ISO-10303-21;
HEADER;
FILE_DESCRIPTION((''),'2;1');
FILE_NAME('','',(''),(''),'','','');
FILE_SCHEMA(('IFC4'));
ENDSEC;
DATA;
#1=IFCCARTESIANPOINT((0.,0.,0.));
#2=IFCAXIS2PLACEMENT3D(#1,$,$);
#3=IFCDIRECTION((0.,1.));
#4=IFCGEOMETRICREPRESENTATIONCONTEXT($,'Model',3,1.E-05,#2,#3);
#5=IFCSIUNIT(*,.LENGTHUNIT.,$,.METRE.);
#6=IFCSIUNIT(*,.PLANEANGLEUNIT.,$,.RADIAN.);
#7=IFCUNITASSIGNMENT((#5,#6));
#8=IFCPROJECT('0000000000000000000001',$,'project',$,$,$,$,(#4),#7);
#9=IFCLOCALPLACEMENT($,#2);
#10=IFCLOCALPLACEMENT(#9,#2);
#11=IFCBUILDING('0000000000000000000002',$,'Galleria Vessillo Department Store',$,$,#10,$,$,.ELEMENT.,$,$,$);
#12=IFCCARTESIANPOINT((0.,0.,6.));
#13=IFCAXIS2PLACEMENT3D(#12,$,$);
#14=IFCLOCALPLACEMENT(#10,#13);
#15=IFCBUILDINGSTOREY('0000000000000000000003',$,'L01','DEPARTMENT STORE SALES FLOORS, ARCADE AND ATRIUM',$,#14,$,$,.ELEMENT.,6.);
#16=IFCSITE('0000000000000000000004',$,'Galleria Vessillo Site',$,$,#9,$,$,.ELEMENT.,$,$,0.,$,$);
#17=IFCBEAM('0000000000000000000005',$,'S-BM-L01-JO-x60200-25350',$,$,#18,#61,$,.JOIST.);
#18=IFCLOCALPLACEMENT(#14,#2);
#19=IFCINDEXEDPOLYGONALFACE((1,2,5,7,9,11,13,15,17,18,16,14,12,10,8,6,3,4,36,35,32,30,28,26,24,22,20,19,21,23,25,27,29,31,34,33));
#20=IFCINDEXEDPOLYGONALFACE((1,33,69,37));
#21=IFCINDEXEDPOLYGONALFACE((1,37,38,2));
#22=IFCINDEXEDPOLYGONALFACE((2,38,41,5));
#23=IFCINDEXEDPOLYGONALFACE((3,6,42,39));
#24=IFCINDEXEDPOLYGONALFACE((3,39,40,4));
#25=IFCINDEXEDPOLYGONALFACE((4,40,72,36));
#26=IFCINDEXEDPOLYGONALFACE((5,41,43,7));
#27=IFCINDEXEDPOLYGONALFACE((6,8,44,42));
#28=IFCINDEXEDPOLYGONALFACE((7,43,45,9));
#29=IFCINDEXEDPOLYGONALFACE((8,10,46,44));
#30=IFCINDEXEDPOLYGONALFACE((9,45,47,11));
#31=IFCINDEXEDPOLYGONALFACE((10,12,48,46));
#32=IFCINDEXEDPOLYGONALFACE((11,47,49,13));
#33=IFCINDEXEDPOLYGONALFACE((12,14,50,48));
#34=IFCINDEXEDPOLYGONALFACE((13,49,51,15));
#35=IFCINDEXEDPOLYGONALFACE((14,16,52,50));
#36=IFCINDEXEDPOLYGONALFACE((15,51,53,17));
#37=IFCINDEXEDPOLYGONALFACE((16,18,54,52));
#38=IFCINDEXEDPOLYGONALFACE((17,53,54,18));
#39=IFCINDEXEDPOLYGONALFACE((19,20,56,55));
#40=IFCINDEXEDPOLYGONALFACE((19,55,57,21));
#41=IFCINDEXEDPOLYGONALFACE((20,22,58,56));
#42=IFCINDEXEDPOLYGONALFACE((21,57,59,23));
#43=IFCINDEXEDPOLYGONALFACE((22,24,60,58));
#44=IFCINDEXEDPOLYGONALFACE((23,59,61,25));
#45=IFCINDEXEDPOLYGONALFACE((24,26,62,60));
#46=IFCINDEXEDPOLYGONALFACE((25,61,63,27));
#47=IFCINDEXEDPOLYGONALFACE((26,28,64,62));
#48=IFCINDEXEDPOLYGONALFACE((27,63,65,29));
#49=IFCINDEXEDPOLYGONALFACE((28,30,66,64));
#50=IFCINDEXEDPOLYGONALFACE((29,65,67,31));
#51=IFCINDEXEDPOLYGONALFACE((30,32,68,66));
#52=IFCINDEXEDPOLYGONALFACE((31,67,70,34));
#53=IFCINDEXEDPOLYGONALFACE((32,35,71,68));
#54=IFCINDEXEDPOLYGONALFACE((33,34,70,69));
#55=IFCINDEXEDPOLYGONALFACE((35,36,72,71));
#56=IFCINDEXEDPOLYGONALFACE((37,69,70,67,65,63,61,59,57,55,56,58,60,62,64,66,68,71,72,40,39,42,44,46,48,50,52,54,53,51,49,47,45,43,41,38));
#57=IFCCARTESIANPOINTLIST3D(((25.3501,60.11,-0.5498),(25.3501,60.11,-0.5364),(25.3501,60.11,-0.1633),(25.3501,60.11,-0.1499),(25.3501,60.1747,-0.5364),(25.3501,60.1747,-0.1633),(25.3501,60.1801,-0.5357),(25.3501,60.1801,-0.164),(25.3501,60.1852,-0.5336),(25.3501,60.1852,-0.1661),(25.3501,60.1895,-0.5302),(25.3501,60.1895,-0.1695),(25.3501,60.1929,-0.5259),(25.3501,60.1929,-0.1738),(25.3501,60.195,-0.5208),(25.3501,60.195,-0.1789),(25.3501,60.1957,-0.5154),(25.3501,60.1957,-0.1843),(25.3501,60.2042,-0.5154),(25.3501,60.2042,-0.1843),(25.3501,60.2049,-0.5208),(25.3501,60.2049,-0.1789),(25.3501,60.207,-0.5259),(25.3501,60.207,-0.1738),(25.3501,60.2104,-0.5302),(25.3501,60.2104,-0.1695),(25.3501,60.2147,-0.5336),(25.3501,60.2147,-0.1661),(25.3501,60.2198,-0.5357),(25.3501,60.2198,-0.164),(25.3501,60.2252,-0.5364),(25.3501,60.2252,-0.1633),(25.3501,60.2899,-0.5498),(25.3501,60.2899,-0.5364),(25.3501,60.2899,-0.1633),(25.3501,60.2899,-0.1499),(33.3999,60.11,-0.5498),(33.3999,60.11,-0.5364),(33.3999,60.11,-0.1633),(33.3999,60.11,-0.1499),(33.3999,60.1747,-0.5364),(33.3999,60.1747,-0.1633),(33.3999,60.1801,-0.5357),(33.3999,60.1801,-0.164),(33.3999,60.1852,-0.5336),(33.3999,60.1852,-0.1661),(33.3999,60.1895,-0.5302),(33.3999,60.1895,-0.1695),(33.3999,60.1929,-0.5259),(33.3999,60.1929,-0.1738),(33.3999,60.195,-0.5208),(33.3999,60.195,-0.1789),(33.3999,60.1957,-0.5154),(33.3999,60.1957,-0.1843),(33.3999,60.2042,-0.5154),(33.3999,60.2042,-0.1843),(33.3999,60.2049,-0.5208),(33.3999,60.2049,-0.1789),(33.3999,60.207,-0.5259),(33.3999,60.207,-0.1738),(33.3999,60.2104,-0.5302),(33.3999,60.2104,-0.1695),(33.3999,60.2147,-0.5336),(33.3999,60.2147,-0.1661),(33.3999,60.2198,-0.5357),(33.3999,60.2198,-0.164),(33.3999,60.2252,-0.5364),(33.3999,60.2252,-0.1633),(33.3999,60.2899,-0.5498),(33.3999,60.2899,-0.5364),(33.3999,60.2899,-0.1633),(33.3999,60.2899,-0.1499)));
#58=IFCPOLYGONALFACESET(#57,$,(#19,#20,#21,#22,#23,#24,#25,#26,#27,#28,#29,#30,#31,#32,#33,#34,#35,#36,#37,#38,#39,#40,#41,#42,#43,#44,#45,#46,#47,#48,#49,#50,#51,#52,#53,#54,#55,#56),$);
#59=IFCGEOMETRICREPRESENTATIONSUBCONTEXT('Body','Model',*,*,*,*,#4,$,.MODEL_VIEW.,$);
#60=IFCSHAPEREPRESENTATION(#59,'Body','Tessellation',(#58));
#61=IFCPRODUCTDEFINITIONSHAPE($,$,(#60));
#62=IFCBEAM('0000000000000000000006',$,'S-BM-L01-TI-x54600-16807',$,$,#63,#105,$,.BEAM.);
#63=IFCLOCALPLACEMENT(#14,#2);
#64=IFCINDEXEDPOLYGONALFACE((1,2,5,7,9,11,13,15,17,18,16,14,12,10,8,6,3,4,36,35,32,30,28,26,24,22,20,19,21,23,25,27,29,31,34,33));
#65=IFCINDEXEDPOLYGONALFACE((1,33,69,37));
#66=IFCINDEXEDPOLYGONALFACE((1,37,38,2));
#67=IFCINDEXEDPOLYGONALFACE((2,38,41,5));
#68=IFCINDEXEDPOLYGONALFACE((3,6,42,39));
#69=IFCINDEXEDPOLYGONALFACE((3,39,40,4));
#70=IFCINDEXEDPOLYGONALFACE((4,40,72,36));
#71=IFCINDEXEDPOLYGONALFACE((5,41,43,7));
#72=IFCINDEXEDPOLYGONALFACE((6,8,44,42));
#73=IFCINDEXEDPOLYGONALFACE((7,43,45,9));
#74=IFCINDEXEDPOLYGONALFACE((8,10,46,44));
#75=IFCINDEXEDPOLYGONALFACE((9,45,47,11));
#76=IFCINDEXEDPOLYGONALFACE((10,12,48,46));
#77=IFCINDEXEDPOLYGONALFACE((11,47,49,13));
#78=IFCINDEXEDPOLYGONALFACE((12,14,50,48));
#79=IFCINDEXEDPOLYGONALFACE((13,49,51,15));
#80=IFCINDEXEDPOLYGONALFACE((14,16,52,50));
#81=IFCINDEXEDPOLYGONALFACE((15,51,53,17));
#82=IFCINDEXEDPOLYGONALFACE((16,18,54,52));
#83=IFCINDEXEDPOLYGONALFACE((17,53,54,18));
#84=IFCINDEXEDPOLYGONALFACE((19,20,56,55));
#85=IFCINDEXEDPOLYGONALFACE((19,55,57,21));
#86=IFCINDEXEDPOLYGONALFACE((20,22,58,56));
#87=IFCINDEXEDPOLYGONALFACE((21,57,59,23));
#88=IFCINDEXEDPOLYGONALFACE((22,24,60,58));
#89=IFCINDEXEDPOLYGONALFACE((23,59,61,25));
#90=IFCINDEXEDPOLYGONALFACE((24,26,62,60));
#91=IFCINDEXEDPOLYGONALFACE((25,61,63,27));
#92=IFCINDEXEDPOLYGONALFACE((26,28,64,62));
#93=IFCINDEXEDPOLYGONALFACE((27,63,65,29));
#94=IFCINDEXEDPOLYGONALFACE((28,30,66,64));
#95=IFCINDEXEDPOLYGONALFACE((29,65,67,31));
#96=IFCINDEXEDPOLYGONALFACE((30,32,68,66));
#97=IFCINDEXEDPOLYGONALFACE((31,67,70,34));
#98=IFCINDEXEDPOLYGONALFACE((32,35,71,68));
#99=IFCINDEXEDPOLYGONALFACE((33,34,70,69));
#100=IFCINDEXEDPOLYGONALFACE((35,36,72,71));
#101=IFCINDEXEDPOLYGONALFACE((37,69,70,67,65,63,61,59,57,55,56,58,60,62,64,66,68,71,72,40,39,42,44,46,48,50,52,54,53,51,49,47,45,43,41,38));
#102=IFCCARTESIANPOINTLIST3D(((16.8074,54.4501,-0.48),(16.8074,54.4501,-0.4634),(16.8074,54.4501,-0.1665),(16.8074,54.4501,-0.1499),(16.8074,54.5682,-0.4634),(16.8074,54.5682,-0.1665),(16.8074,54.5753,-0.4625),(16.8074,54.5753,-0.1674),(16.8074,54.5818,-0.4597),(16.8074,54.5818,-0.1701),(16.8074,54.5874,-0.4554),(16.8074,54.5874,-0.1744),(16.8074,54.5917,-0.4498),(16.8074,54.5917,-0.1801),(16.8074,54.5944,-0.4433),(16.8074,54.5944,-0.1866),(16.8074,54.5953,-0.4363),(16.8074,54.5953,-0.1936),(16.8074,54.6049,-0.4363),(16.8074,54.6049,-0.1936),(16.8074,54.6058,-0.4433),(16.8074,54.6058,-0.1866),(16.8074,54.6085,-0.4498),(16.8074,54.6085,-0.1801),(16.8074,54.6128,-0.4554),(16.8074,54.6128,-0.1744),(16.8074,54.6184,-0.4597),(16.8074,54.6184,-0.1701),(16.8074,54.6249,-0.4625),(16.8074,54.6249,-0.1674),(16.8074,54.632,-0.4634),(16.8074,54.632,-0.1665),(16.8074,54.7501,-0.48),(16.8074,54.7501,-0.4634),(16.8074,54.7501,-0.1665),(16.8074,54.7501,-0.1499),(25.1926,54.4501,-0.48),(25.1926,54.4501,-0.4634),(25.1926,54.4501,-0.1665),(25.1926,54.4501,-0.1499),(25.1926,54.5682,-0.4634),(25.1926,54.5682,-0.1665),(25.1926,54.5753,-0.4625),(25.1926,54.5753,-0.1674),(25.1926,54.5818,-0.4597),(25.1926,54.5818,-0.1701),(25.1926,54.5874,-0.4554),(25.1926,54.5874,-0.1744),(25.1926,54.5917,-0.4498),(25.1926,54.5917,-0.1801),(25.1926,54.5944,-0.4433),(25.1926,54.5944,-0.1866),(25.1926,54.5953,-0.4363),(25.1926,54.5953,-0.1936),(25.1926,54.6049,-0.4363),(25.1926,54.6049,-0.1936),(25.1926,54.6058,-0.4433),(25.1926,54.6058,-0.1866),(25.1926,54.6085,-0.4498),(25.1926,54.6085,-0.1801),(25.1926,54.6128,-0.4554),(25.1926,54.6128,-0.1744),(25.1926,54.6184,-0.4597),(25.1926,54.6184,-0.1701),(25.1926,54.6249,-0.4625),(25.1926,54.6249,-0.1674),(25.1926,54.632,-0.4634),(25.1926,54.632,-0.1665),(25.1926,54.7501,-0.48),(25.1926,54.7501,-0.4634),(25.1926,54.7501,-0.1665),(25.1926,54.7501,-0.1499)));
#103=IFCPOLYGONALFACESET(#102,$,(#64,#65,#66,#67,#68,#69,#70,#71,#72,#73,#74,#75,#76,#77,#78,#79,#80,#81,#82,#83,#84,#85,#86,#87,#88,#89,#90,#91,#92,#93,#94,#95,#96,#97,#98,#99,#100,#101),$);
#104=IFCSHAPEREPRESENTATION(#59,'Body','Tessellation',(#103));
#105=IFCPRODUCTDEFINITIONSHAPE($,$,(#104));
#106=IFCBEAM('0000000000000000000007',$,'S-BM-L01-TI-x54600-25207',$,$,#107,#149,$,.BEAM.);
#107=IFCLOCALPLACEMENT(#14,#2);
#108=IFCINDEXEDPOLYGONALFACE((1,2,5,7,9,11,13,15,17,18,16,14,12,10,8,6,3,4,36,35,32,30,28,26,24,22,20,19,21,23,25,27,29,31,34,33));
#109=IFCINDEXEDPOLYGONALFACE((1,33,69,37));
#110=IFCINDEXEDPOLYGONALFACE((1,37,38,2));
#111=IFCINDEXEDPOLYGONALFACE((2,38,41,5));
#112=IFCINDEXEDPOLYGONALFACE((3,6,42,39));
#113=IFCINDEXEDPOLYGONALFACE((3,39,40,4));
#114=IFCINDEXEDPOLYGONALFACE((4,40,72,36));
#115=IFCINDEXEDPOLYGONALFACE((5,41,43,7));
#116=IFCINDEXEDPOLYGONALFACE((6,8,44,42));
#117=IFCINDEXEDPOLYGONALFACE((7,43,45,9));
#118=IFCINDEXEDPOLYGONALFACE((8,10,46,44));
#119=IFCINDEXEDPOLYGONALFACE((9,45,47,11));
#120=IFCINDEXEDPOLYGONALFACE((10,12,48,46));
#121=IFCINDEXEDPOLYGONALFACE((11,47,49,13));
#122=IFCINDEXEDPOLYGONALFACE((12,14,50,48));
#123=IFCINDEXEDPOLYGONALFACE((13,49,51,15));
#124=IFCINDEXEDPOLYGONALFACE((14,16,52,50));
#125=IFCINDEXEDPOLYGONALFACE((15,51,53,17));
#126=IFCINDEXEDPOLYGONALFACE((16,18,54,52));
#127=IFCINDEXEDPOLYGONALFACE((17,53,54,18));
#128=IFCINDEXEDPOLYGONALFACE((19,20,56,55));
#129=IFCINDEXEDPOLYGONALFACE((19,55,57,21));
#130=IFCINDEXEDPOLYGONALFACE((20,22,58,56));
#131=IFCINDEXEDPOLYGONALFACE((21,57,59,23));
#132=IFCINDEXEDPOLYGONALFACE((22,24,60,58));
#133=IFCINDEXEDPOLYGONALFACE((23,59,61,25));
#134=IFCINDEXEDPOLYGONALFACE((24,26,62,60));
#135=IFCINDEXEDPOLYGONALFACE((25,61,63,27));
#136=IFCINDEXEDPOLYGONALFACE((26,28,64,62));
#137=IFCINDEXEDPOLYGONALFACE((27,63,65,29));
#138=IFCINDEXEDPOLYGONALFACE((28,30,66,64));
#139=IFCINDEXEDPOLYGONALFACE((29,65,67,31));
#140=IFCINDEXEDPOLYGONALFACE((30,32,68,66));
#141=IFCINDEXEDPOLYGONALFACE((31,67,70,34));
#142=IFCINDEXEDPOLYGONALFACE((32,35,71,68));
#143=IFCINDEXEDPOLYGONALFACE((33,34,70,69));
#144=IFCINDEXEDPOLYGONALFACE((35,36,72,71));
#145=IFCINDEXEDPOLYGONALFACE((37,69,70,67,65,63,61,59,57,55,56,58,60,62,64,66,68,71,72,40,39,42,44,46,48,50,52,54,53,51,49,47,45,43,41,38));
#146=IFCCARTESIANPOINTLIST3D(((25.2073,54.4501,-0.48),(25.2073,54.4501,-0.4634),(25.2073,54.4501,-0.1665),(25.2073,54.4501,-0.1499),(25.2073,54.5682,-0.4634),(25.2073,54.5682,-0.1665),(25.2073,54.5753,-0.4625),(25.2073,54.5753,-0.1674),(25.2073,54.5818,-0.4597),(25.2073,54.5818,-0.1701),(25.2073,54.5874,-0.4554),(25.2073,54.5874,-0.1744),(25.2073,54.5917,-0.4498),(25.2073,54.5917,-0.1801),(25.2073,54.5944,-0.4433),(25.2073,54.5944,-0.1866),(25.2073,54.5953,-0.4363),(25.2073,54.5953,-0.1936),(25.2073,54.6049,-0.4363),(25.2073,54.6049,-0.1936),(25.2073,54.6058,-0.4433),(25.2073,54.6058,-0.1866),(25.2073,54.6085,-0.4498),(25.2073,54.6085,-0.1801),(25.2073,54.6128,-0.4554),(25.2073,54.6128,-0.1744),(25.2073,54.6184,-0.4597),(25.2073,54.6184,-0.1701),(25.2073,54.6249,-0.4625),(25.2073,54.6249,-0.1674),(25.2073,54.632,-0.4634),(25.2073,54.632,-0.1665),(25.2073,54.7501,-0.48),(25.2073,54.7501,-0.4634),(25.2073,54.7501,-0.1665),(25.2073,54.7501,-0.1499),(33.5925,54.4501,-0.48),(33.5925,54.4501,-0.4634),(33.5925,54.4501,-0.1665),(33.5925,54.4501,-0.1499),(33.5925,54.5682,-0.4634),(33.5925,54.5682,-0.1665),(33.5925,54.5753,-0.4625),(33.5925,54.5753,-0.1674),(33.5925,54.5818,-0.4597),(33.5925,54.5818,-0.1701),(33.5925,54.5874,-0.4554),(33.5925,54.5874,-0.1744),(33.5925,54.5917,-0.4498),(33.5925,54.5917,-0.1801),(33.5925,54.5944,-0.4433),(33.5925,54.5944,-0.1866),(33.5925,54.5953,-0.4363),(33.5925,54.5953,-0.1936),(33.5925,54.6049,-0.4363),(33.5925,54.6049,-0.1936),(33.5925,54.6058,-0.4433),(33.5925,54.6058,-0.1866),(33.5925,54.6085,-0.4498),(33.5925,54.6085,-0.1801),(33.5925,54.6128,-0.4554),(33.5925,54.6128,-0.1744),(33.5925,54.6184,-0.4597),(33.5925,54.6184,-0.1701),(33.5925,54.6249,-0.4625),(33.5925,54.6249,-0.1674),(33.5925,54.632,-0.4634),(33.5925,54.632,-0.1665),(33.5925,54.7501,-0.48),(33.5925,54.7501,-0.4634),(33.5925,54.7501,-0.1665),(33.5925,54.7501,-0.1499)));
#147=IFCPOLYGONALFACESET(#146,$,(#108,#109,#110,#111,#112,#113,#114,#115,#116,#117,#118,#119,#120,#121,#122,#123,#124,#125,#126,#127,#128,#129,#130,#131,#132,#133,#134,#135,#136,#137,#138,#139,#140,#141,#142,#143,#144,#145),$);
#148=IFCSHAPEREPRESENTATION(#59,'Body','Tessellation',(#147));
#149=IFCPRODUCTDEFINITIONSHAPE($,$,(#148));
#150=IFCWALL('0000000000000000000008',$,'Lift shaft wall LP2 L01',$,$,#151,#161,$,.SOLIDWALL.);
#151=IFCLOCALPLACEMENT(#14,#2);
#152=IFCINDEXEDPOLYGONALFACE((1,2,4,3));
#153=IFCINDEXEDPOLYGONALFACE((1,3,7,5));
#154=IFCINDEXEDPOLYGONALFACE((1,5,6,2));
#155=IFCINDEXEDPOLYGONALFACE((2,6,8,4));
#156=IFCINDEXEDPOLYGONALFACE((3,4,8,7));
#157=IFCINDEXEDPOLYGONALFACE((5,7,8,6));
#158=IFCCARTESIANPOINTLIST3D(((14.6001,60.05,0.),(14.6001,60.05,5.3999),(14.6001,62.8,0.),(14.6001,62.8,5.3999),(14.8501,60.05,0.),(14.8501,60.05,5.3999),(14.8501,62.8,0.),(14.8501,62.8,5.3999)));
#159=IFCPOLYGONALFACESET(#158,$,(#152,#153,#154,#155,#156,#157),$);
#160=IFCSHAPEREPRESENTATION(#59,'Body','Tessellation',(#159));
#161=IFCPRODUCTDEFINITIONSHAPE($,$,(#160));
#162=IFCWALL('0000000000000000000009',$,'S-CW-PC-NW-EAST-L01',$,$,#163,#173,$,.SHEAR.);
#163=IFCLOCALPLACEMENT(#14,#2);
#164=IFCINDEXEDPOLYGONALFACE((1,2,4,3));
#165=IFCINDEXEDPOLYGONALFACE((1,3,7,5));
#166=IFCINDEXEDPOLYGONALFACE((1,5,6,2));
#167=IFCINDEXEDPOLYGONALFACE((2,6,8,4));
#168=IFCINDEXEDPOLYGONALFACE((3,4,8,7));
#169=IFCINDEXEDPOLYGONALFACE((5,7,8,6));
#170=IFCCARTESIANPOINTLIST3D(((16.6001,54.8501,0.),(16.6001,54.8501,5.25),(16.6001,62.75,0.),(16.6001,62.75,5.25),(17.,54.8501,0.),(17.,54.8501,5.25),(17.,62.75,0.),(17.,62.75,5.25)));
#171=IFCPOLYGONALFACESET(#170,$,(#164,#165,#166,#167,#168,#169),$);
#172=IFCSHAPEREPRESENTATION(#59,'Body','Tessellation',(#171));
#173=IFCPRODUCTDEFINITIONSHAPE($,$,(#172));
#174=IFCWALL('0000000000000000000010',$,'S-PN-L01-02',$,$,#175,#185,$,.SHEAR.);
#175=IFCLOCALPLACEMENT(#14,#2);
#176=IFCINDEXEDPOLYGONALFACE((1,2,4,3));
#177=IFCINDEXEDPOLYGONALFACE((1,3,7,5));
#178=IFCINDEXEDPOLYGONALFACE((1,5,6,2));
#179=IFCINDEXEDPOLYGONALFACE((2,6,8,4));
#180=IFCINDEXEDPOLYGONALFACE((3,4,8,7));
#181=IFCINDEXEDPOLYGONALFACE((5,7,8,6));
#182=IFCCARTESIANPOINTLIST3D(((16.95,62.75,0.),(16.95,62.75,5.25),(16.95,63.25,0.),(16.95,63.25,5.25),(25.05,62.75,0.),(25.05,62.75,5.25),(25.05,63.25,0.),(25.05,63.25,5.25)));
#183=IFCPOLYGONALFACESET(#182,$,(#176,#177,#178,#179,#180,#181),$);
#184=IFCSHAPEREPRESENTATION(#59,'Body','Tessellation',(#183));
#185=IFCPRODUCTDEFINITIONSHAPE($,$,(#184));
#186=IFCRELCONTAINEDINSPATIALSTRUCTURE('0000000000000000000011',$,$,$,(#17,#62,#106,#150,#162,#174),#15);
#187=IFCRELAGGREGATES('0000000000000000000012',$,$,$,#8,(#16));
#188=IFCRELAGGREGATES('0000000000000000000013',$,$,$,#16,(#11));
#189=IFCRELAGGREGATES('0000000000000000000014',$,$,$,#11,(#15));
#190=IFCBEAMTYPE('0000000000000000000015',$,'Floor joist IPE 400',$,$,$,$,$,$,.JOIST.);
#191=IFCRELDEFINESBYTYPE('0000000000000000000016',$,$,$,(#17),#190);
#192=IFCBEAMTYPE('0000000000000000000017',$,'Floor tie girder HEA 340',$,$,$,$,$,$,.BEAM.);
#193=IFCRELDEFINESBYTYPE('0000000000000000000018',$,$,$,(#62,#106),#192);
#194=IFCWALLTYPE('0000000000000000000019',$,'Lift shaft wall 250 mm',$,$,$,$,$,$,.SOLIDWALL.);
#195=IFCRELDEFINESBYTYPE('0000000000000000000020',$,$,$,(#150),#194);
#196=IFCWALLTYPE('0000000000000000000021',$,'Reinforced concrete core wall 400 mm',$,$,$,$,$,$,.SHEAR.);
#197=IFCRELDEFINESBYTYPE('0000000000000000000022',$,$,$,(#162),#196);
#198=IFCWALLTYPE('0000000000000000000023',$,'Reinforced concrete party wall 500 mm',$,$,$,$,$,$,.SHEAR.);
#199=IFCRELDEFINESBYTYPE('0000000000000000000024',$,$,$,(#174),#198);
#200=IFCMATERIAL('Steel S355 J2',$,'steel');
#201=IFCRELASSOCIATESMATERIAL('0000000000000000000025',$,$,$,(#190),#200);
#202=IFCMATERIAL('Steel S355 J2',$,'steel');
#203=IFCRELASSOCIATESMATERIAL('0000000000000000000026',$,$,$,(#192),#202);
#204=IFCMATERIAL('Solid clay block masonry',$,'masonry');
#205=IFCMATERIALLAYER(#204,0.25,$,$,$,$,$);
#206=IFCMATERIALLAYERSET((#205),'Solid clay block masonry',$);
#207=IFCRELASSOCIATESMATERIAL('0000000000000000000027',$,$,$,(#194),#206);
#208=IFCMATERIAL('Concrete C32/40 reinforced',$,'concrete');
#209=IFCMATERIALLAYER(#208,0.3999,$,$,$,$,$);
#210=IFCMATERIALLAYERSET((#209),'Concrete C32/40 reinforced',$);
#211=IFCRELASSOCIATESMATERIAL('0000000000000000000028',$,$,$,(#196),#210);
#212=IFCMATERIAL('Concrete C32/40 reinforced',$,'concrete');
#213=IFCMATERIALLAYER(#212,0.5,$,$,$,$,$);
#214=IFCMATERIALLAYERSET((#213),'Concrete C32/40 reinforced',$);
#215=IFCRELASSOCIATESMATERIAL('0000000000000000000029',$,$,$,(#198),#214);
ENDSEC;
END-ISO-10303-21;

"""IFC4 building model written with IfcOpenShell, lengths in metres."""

from ifc_helpers import new_model, si_unit, direction, frame, frame_2d, origin, origin_2d, place, context, subcontext, project, spatial, rectangle, i_section, extrude, material, layer, layer_set, material_profile, profile_set, type_object, element, save


model = new_model("IFC4")

# Units and contexts
model_context = context("Model", 3, precision=1e-05, world=origin(), true_north=direction((0.0, 1.0)))
body_context = subcontext(model_context, "Body", "Model", "MODEL_VIEW")
ifc_project = project(units=[si_unit("LENGTHUNIT", "METRE"), si_unit("PLANEANGLEUNIT", "RADIAN")], contexts=[model_context])

# Site, building, storey
site_placement = place(None, origin())
site = spatial("IfcSite", under=ifc_project, at=site_placement, Name="Galleria Vessillo Site", CompositionType="ELEMENT", RefElevation=0.0)
building_placement = place(site_placement, origin())
building = spatial("IfcBuilding", under=site, at=building_placement, Name="Galleria Vessillo Department Store", CompositionType="ELEMENT")
storey_placement = place(building_placement, frame((0.0, 0.0, 6.0)))
storey = spatial("IfcBuildingStorey", under=building, at=storey_placement, Name="L01", Description="DEPARTMENT STORE SALES FLOORS, ARCADE AND ATRIUM", CompositionType="ELEMENT", Elevation=6.0)

# Beams
ifc_material_1 = material(Name="Steel S355 J2", Category="steel")
ifc_material_profile_1 = material_profile(ifc_material_1, i_section(OverallWidth=0.1799, OverallDepth=0.3999, WebThickness=0.0085, FlangeThickness=0.0134, FilletRadius=0.021, at=origin_2d()), Name="IPE 400")
ifc_profile_set_1 = profile_set([ifc_material_profile_1], Name="Steel S355 J2")
beam_type_1 = type_object("IfcBeamType", Name="Floor joist IPE 400", PredefinedType="JOIST", material=ifc_profile_set_1)
for number, where, z_axis, x_axis, name in (
    (1, (25.3501, 60.2, -0.3499), (1.0, 0.0, 0.0), (0.0, 1.0, 0.0), "S-BM-L01-JO-x60200-25350"),
):
    element("IfcBeam", number, at=place(storey_placement, frame(where, z_axis=z_axis, x_axis=x_axis)), inside=storey, type_object=beam_type_1, Name=name, PredefinedType="JOIST", context=body_context, shape_type="SweptSolid", body=[
        extrude(i_section(OverallWidth=0.1799, OverallDepth=0.3999, WebThickness=0.0085, FlangeThickness=0.0134, FilletRadius=0.021, at=origin_2d()), origin(), (0.0, 0.0, 1.0), 8.0498),
    ])
ifc_material_2 = material(Name="Steel S355 J2", Category="steel")
ifc_material_profile_2 = material_profile(ifc_material_2, i_section(OverallWidth=0.3, OverallDepth=0.3301, WebThickness=0.0095, FlangeThickness=0.0166, FilletRadius=0.0271, at=origin_2d()), Name="HEA 340")
ifc_profile_set_2 = profile_set([ifc_material_profile_2], Name="Steel S355 J2")
beam_type_2 = type_object("IfcBeamType", Name="Floor tie girder HEA 340", PredefinedType="BEAM", material=ifc_profile_set_2)
for number, where, z_axis, x_axis, name in (
    (2, (16.8074, 54.6001, -0.3149), (1.0, 0.0, 0.0), (0.0, 1.0, 0.0), "S-BM-L01-TI-x54600-16807"),
    (3, (25.2073, 54.6001, -0.3149), (1.0, 0.0, 0.0), (0.0, 1.0, 0.0), "S-BM-L01-TI-x54600-25207"),
):
    element("IfcBeam", number, at=place(storey_placement, frame(where, z_axis=z_axis, x_axis=x_axis)), inside=storey, type_object=beam_type_2, Name=name, PredefinedType="BEAM", context=body_context, shape_type="SweptSolid", body=[
        extrude(i_section(OverallWidth=0.3, OverallDepth=0.3301, WebThickness=0.0095, FlangeThickness=0.0166, FilletRadius=0.0271, at=origin_2d()), origin(), (0.0, 0.0, 1.0), 8.3853),
    ])

# Walls
ifc_material_3 = material(Name="Solid clay block masonry", Category="masonry")
ifc_layer_1 = layer(ifc_material_3, 0.25)
ifc_layer_set_1 = layer_set([ifc_layer_1], Name="Solid clay block masonry")
wall_type_1 = type_object("IfcWallType", Name="Lift shaft wall 250 mm", PredefinedType="SOLIDWALL", material=ifc_layer_set_1)
wall_1_placement = place(storey_placement, frame((14.7251, 62.8, 0.0), z_axis=(0.0, 0.0, 1.0), x_axis=(0.0, -1.0, 0.0)))
element("IfcWall", 4, at=wall_1_placement, inside=storey, type_object=wall_type_1, Name="Lift shaft wall LP2 L01", PredefinedType="SOLIDWALL", context=body_context, shape_type="SweptSolid", body=[
    extrude(rectangle(XDim=2.75, YDim=0.25, at=frame_2d((1.375, 0.0))), origin(), (0.0, 0.0, 1.0), 5.3999),
])
ifc_material_4 = material(Name="Concrete C32/40 reinforced", Category="concrete")
ifc_layer_2 = layer(ifc_material_4, 0.3999)
ifc_layer_set_2 = layer_set([ifc_layer_2], Name="Concrete C32/40 reinforced")
wall_type_2 = type_object("IfcWallType", Name="Reinforced concrete core wall 400 mm", PredefinedType="SHEAR", material=ifc_layer_set_2)
wall_2_placement = place(storey_placement, frame((16.8, 54.8501, 0.0), z_axis=(0.0, 0.0, 1.0), x_axis=(0.0, 1.0, 0.0)))
element("IfcWall", 5, at=wall_2_placement, inside=storey, type_object=wall_type_2, Name="S-CW-PC-NW-EAST-L01", PredefinedType="SHEAR", context=body_context, shape_type="SweptSolid", body=[
    extrude(rectangle(XDim=7.8999, YDim=0.3999, at=frame_2d((3.95, 0.0))), origin(), (0.0, 0.0, 1.0), 5.25),
])
ifc_material_5 = material(Name="Concrete C32/40 reinforced", Category="concrete")
ifc_layer_3 = layer(ifc_material_5, 0.5)
ifc_layer_set_3 = layer_set([ifc_layer_3], Name="Concrete C32/40 reinforced")
wall_type_3 = type_object("IfcWallType", Name="Reinforced concrete party wall 500 mm", PredefinedType="SHEAR", material=ifc_layer_set_3)
wall_3_placement = place(storey_placement, frame((16.95, 63.0, 0.0), z_axis=(0.0, 0.0, 1.0), x_axis=(1.0, 0.0, 0.0)))
element("IfcWall", 6, at=wall_3_placement, inside=storey, type_object=wall_type_3, Name="S-PN-L01-02", PredefinedType="SHEAR", context=body_context, shape_type="SweptSolid", body=[
    extrude(rectangle(XDim=8.1001, YDim=0.5, at=frame_2d((4.05, 0.0))), origin(), (0.0, 0.0, 1.0), 5.25),
])

save(model, "model.ifc")
